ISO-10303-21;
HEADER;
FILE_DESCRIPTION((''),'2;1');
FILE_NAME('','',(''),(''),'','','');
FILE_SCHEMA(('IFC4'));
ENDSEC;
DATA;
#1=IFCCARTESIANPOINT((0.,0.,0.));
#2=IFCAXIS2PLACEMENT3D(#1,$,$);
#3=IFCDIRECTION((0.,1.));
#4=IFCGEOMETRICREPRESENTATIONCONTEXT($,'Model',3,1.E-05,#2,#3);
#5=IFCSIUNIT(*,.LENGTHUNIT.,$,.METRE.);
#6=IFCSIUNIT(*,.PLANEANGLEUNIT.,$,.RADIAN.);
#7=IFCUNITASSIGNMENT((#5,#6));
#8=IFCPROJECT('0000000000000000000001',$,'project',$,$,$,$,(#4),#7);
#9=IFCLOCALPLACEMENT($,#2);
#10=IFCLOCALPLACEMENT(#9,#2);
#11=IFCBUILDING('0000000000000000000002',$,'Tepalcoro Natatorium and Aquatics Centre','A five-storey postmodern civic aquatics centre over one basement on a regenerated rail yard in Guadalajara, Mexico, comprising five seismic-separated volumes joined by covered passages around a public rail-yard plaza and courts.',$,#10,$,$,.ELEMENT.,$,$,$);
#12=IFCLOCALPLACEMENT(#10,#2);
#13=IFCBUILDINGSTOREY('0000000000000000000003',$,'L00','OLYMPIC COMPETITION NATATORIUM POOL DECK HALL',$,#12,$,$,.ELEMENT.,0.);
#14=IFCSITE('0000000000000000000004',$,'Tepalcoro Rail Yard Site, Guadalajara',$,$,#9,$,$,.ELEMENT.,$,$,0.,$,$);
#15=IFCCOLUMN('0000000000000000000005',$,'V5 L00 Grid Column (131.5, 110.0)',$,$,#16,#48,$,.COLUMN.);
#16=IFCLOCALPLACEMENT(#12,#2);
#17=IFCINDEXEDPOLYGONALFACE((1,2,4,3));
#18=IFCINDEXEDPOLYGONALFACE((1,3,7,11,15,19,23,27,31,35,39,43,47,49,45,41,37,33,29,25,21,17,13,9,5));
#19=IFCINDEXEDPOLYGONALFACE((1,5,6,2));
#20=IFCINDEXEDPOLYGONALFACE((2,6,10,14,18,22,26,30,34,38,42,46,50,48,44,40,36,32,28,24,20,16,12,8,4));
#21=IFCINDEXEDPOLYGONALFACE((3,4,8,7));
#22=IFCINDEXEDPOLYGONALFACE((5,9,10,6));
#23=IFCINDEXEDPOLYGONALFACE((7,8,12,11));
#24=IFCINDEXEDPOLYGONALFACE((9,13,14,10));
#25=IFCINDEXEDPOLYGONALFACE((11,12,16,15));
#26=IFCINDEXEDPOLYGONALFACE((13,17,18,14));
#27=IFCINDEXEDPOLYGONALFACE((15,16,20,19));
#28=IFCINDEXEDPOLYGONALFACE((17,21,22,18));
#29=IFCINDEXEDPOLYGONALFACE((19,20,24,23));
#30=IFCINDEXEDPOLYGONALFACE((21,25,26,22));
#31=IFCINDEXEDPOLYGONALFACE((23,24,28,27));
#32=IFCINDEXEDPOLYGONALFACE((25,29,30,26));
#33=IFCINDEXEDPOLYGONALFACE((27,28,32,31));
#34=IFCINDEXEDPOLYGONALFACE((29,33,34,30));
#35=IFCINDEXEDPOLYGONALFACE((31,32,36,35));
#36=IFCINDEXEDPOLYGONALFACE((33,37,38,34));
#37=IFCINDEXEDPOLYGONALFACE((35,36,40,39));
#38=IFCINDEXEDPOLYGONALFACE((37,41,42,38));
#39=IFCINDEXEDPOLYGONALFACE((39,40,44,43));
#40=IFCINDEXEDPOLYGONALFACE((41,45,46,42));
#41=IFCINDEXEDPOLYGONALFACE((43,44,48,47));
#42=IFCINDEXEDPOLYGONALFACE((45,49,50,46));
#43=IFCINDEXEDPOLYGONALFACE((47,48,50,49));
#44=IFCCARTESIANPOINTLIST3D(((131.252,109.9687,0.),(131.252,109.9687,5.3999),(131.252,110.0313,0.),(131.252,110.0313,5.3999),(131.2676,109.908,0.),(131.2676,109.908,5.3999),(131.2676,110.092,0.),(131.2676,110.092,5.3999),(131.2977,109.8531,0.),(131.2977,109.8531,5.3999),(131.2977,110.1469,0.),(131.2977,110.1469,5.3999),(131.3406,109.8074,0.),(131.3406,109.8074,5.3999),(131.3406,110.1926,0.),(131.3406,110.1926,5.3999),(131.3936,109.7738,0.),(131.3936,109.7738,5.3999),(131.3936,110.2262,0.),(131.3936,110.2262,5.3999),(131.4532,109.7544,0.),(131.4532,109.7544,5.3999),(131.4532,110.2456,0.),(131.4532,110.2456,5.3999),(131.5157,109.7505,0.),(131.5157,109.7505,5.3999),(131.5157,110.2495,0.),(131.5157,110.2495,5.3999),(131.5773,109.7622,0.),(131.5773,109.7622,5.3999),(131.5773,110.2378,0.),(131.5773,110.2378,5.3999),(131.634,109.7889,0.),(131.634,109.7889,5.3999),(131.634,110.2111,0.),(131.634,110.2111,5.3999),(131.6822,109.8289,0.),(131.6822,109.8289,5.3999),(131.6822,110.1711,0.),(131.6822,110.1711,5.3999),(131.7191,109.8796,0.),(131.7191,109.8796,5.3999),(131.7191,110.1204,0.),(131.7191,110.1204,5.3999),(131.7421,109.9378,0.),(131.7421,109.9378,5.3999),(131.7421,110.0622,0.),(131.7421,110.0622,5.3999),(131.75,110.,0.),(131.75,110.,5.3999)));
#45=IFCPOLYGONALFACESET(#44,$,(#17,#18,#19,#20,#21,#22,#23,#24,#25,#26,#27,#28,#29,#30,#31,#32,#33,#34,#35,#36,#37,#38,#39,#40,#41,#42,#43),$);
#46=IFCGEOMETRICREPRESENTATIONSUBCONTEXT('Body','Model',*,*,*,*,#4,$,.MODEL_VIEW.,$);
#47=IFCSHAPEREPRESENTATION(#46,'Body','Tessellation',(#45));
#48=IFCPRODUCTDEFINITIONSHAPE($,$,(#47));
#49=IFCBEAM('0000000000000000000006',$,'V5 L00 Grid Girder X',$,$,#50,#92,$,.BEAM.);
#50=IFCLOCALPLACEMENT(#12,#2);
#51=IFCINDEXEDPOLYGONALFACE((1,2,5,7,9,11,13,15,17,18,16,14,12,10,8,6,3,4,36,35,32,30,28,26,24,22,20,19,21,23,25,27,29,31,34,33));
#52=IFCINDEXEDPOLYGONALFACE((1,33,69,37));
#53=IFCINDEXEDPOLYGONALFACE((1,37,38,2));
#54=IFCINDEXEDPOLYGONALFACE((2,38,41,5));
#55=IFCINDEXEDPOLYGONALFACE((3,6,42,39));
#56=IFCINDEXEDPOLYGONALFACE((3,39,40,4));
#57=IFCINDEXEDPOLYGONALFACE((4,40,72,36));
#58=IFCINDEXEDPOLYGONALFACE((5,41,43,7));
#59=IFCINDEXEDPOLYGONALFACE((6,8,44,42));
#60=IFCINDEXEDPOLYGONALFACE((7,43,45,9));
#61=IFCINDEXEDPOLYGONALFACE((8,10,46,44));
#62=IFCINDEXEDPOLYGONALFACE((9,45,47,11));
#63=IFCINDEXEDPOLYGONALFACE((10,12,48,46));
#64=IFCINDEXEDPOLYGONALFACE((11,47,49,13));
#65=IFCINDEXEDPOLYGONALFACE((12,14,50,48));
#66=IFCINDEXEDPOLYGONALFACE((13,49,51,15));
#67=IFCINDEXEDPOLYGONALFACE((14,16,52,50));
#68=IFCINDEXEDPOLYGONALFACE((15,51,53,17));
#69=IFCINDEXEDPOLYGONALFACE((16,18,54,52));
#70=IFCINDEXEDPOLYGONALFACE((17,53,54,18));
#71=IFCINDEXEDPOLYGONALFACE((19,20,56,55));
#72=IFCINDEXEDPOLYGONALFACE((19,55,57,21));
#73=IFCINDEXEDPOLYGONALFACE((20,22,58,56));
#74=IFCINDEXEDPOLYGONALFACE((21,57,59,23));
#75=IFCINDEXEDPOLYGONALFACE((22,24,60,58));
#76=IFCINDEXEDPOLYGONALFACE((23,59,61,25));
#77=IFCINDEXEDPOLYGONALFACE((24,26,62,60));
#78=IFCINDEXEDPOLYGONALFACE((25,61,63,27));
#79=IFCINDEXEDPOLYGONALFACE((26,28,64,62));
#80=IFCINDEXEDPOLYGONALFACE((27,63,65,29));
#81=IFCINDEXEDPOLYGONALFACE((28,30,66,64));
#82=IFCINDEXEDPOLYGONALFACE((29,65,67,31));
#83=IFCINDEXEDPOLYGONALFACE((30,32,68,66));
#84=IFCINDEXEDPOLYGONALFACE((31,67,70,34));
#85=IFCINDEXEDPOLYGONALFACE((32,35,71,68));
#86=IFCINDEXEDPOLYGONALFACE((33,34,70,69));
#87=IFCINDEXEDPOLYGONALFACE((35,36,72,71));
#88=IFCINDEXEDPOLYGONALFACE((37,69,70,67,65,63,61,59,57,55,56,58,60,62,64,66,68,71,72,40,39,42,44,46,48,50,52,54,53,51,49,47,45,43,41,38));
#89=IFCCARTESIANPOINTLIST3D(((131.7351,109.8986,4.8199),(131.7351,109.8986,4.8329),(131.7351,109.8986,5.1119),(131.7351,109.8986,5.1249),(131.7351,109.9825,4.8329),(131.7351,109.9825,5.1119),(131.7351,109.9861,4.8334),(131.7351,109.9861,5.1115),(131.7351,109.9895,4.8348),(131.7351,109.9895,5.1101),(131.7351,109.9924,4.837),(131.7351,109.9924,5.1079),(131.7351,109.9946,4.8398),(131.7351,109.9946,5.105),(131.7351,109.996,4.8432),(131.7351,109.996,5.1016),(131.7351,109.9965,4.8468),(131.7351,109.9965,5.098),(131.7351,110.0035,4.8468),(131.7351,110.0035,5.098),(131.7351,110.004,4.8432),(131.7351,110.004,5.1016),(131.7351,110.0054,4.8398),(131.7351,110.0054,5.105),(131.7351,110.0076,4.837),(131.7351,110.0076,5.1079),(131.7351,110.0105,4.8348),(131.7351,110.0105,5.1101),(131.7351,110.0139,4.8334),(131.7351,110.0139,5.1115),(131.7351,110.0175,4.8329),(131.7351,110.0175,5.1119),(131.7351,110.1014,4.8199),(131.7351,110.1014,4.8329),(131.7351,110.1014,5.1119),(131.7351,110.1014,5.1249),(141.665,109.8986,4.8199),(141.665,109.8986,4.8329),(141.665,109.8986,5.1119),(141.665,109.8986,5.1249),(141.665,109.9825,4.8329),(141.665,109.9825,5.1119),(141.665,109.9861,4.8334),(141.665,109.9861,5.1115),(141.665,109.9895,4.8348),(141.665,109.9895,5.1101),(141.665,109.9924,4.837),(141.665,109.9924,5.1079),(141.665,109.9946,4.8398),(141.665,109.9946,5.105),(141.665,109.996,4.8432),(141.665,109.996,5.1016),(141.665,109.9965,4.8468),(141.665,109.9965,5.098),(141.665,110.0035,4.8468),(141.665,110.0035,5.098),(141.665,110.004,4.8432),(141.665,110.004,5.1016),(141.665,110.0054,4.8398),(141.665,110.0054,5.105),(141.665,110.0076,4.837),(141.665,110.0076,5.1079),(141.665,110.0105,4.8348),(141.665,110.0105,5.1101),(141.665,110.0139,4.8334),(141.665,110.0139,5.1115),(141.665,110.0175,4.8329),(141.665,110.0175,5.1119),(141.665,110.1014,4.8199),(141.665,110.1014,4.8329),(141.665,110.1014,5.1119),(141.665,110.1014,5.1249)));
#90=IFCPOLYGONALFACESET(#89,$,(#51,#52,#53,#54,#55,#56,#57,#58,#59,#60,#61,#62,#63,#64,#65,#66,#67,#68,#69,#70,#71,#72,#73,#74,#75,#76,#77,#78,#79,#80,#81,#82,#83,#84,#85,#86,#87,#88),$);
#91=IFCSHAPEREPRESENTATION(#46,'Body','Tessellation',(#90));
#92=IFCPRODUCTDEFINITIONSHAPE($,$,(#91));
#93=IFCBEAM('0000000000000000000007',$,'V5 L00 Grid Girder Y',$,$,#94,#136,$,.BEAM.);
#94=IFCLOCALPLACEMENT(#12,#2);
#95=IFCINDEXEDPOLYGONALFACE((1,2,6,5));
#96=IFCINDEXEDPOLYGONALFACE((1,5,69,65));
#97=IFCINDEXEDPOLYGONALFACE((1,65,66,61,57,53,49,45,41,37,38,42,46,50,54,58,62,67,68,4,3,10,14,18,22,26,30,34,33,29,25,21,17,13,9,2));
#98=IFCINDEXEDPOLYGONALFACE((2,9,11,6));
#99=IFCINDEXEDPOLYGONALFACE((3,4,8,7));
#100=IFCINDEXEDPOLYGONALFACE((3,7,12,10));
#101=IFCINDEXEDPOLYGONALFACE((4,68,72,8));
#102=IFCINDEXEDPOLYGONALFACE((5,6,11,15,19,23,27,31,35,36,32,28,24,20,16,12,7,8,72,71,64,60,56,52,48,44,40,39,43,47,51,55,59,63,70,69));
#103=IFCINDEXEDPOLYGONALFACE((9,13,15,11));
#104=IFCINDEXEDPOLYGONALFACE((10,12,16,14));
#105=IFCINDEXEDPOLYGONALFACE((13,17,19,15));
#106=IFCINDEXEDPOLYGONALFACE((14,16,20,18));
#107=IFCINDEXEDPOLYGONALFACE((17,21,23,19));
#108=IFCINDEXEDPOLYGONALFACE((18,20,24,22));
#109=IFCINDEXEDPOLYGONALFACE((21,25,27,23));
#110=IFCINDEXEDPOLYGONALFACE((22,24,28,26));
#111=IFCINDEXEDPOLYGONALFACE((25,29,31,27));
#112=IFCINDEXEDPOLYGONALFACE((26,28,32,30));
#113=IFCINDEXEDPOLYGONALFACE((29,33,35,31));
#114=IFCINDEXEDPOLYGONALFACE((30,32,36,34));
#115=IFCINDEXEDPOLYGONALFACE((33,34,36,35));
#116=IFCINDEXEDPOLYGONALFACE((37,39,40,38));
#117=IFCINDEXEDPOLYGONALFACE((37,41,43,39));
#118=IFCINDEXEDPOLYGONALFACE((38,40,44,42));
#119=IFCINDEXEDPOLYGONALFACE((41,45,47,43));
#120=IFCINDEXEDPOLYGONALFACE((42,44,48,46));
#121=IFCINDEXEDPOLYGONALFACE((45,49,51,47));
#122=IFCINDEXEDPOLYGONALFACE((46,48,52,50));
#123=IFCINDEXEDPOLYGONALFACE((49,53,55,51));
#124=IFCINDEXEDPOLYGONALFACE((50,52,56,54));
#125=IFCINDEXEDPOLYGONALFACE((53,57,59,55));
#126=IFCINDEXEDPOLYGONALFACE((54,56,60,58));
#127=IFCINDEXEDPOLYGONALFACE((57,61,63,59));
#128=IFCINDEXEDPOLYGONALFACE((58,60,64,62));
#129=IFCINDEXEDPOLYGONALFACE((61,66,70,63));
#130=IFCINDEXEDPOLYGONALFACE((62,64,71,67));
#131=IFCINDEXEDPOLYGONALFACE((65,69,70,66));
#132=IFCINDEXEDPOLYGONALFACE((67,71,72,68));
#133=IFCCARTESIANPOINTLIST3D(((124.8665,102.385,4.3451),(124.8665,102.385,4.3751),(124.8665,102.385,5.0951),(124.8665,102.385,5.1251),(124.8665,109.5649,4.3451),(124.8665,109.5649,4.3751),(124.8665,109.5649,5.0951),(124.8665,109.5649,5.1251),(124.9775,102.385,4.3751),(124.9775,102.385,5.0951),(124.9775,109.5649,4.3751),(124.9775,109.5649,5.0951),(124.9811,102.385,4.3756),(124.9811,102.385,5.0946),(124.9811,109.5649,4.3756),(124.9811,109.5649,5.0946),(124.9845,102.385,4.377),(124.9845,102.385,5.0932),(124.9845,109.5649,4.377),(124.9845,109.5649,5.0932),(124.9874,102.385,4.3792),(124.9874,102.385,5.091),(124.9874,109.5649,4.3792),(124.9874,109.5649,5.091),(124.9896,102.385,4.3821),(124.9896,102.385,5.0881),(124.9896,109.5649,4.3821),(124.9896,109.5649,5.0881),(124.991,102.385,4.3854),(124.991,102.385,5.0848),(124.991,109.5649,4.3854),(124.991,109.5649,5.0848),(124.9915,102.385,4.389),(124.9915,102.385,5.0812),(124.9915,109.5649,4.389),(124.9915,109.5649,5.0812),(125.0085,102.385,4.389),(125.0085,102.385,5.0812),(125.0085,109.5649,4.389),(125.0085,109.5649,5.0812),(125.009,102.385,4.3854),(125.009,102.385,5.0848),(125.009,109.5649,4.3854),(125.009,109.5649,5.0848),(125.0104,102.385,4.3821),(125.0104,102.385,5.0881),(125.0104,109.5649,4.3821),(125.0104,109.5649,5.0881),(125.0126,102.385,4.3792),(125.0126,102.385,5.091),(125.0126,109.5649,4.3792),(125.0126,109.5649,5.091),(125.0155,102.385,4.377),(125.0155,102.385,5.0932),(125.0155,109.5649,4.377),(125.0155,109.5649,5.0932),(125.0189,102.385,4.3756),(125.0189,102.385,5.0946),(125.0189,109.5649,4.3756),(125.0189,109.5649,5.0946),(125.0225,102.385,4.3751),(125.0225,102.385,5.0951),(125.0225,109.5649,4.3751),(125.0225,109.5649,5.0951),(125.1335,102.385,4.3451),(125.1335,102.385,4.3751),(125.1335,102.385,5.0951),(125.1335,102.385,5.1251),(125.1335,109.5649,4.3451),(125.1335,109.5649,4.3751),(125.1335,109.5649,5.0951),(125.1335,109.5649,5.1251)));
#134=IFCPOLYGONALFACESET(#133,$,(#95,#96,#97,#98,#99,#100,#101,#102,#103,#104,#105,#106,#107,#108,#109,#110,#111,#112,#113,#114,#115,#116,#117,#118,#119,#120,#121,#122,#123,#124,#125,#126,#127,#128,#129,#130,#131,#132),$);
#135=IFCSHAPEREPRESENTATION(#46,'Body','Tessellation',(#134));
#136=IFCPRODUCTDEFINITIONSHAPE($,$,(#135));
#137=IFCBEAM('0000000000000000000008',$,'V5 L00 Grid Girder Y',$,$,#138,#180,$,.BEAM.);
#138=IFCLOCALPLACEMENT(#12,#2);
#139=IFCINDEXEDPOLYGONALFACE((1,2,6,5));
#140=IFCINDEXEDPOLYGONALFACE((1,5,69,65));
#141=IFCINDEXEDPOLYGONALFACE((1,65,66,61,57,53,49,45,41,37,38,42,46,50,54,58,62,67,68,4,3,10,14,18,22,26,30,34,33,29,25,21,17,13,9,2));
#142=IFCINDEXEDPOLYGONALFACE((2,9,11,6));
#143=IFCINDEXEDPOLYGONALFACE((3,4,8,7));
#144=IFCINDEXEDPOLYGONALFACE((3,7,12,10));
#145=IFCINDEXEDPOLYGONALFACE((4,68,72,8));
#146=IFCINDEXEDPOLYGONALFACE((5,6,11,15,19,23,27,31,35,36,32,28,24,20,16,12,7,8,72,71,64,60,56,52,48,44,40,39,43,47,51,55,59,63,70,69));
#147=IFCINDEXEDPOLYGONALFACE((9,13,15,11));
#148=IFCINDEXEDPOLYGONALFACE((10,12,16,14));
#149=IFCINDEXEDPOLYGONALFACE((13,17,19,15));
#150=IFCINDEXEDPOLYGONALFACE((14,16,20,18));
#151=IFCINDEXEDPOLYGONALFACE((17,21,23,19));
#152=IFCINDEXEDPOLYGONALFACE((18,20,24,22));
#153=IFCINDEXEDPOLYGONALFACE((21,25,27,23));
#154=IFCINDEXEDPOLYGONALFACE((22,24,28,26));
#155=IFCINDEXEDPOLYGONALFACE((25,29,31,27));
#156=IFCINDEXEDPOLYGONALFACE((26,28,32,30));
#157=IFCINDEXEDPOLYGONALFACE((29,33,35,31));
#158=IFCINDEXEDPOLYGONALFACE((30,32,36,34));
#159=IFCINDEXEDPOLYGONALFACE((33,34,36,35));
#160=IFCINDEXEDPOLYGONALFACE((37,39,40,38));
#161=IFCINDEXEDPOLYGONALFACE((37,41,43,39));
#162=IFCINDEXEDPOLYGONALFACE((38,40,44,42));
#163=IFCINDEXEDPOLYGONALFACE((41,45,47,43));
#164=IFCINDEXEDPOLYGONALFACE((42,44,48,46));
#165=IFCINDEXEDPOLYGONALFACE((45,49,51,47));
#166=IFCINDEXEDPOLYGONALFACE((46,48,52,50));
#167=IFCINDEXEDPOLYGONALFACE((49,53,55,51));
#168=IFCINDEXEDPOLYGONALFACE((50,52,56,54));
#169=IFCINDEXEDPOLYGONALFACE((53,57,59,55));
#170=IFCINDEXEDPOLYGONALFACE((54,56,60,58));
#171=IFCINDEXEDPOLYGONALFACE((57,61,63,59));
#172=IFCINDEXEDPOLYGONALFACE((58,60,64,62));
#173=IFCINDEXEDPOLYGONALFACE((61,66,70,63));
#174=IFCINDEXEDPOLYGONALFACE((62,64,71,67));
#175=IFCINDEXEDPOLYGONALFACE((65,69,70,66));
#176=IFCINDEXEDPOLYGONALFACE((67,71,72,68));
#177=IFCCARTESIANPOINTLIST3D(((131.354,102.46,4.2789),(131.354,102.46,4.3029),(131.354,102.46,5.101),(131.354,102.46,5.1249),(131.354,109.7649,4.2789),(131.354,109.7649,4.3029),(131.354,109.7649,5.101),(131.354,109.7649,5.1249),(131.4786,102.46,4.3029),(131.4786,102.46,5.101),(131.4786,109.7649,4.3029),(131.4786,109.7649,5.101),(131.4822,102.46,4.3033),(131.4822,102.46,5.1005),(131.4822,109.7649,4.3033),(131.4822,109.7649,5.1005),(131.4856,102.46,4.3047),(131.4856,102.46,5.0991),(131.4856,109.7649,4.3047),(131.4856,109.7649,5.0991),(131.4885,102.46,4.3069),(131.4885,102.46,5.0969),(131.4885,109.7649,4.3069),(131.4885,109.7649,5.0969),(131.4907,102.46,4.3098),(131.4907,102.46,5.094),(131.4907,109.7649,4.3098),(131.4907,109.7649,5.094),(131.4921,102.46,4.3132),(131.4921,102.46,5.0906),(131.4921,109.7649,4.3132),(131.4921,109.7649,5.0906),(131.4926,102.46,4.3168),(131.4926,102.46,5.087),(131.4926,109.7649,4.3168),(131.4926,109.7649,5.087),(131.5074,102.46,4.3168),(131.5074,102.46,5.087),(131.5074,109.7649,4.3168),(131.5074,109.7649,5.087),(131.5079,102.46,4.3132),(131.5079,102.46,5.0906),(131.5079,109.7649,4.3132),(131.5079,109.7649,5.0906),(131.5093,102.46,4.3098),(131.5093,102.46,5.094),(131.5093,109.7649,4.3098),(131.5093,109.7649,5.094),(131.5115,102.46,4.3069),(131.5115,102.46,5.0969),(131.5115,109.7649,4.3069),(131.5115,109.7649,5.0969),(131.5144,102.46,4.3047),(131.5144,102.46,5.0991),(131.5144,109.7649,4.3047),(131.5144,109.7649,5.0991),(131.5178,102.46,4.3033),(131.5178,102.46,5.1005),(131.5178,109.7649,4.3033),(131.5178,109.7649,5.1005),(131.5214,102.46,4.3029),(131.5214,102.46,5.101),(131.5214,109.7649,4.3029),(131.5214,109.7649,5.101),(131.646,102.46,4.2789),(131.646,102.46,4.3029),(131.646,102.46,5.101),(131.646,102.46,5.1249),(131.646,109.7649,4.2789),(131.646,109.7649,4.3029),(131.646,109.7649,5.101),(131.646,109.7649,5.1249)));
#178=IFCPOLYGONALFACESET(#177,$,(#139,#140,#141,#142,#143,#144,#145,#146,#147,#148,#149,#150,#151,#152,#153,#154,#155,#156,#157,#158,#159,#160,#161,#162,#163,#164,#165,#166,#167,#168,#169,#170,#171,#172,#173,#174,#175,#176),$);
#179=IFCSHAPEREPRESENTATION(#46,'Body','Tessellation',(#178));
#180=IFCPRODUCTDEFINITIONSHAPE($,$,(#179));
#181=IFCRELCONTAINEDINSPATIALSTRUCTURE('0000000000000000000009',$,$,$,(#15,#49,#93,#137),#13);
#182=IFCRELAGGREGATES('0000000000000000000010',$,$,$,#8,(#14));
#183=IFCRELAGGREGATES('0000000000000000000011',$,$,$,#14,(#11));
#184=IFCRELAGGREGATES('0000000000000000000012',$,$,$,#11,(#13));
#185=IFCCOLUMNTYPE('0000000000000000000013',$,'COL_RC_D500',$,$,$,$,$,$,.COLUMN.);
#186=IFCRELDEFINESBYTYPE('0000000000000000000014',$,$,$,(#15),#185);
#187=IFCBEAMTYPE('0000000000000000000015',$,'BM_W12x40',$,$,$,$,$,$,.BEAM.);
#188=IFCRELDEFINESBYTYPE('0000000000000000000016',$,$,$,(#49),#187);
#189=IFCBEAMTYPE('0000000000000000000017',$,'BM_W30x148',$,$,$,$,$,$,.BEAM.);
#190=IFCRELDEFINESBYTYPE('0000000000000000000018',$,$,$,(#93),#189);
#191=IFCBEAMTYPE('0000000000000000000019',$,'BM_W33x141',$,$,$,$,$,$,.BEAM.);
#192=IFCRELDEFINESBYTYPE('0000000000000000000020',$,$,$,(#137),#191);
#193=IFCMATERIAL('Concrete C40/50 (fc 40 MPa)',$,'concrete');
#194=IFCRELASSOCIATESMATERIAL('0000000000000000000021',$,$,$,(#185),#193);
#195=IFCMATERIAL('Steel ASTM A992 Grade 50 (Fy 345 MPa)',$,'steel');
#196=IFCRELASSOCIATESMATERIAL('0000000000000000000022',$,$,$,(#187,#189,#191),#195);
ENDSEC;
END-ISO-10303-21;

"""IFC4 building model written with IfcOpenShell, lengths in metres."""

from ifc_helpers import new_model, si_unit, direction, frame, origin, origin_2d, place, context, subcontext, project, spatial, circle, i_section, extrude, material, material_profile, profile_set, type_object, element, save


model = new_model("IFC4")

# Units and contexts
model_context = context("Model", 3, precision=1e-05, world=origin(), true_north=direction((0.0, 1.0)))
body_context = subcontext(model_context, "Body", "Model", "MODEL_VIEW")
ifc_project = project(units=[si_unit("LENGTHUNIT", "METRE"), si_unit("PLANEANGLEUNIT", "RADIAN")], contexts=[model_context])

# Site, building, storey
site_placement = place(None, origin())
site = spatial("IfcSite", under=ifc_project, at=site_placement, Name="Tepalcoro Rail Yard Site, Guadalajara", CompositionType="ELEMENT", RefElevation=0.0)
building_placement = place(site_placement, origin())
building = spatial("IfcBuilding", under=site, at=building_placement, Name="Tepalcoro Natatorium and Aquatics Centre", Description="A five-storey postmodern civic aquatics centre over one basement on a regenerated rail yard in Guadalajara, Mexico, comprising five seismic-separated volumes joined by covered passages around a public rail-yard plaza and courts.", CompositionType="ELEMENT")
storey_placement = place(building_placement, origin())
storey = spatial("IfcBuildingStorey", under=building, at=storey_placement, Name="L00", Description="OLYMPIC COMPETITION NATATORIUM POOL DECK HALL", CompositionType="ELEMENT", Elevation=0.0)

# Shared definitions
ifc_material_1 = material(Name="Concrete C40/50 (fc 40 MPa)", Category="concrete")

# Column
ifc_material_profile_1 = material_profile(ifc_material_1, circle(Radius=0.25, at=origin_2d()), Name="RCD500")
ifc_profile_set_1 = profile_set([ifc_material_profile_1], Name="Concrete C40/50 (fc 40 MPa)")
column_type_1 = type_object("IfcColumnType", Name="COL_RC_D500", PredefinedType="COLUMN", material=ifc_profile_set_1)
column_1_placement = place(storey_placement, frame((131.5, 110.0, 0.0), z_axis=(0.0, 0.0, 1.0), x_axis=(1.0, 0.0, 0.0)))
element("IfcColumn", 1, at=column_1_placement, inside=storey, type_object=column_type_1, Name="V5 L00 Grid Column (131.5, 110.0)", PredefinedType="COLUMN", context=body_context, shape_type="SweptSolid", body=[
    extrude(circle(Radius=0.25, at=origin_2d()), origin(), (0.0, 0.0, 1.0), 5.3999),
])

# Beams
ifc_material_2 = material(Name="Steel ASTM A992 Grade 50 (Fy 345 MPa)", Category="steel")
ifc_material_profile_2 = material_profile(ifc_material_2, i_section(OverallWidth=0.2029, OverallDepth=0.3049, WebThickness=0.0071, FlangeThickness=0.0129, FilletRadius=0.0139, at=origin_2d()), Name="W12X40")
ifc_profile_set_2 = profile_set([ifc_material_profile_2], Name="Steel ASTM A992 Grade 50 (Fy 345 MPa)")
beam_type_1 = type_object("IfcBeamType", Name="BM_W12x40", PredefinedType="BEAM", material=ifc_profile_set_2)
beam_1_placement = place(storey_placement, frame((131.7351, 110.0, 4.9724), z_axis=(1.0, 0.0, 0.0), x_axis=(0.0, 1.0, 0.0)))
element("IfcBeam", 2, at=beam_1_placement, inside=storey, type_object=beam_type_1, Name="V5 L00 Grid Girder X", PredefinedType="BEAM", context=body_context, shape_type="SweptSolid", body=[
    extrude(i_section(OverallWidth=0.2029, OverallDepth=0.3049, WebThickness=0.0071, FlangeThickness=0.0129, FilletRadius=0.0139, at=origin_2d()), origin(), (0.0, 0.0, 1.0), 9.9299),
])
ifc_material_profile_3 = material_profile(ifc_material_2, i_section(OverallWidth=0.2671, OverallDepth=0.78, WebThickness=0.0171, FlangeThickness=0.03, FilletRadius=0.0139, at=origin_2d()), Name="W30X148")
ifc_profile_set_3 = profile_set([ifc_material_profile_3], Name="Steel ASTM A992 Grade 50 (Fy 345 MPa)")
beam_type_2 = type_object("IfcBeamType", Name="BM_W30x148", PredefinedType="BEAM", material=ifc_profile_set_3)
beam_2_placement = place(storey_placement, frame((125.0, 102.385, 4.7351), z_axis=(0.0, 1.0, 0.0), x_axis=(-1.0, 0.0, 0.0)))
element("IfcBeam", 3, at=beam_2_placement, inside=storey, type_object=beam_type_2, Name="V5 L00 Grid Girder Y", PredefinedType="BEAM", context=body_context, shape_type="SweptSolid", body=[
    extrude(i_section(OverallWidth=0.2671, OverallDepth=0.78, WebThickness=0.0171, FlangeThickness=0.03, FilletRadius=0.0139, at=origin_2d()), origin(), (0.0, 0.0, 1.0), 7.1799),
])
ifc_material_profile_4 = material_profile(ifc_material_2, i_section(OverallWidth=0.292, OverallDepth=0.8459, WebThickness=0.0149, FlangeThickness=0.0239, FilletRadius=0.0139, at=origin_2d()), Name="W33X141")
ifc_profile_set_4 = profile_set([ifc_material_profile_4], Name="Steel ASTM A992 Grade 50 (Fy 345 MPa)")
beam_type_3 = type_object("IfcBeamType", Name="BM_W33x141", PredefinedType="BEAM", material=ifc_profile_set_4)
beam_3_placement = place(storey_placement, frame((131.5, 102.46, 4.7019), z_axis=(0.0, 1.0, 0.0), x_axis=(-1.0, 0.0, 0.0)))
element("IfcBeam", 4, at=beam_3_placement, inside=storey, type_object=beam_type_3, Name="V5 L00 Grid Girder Y", PredefinedType="BEAM", context=body_context, shape_type="SweptSolid", body=[
    extrude(i_section(OverallWidth=0.292, OverallDepth=0.8459, WebThickness=0.0149, FlangeThickness=0.0239, FilletRadius=0.0139, at=origin_2d()), origin(), (0.0, 0.0, 1.0), 7.3049),
])

save(model, "model.ifc")
